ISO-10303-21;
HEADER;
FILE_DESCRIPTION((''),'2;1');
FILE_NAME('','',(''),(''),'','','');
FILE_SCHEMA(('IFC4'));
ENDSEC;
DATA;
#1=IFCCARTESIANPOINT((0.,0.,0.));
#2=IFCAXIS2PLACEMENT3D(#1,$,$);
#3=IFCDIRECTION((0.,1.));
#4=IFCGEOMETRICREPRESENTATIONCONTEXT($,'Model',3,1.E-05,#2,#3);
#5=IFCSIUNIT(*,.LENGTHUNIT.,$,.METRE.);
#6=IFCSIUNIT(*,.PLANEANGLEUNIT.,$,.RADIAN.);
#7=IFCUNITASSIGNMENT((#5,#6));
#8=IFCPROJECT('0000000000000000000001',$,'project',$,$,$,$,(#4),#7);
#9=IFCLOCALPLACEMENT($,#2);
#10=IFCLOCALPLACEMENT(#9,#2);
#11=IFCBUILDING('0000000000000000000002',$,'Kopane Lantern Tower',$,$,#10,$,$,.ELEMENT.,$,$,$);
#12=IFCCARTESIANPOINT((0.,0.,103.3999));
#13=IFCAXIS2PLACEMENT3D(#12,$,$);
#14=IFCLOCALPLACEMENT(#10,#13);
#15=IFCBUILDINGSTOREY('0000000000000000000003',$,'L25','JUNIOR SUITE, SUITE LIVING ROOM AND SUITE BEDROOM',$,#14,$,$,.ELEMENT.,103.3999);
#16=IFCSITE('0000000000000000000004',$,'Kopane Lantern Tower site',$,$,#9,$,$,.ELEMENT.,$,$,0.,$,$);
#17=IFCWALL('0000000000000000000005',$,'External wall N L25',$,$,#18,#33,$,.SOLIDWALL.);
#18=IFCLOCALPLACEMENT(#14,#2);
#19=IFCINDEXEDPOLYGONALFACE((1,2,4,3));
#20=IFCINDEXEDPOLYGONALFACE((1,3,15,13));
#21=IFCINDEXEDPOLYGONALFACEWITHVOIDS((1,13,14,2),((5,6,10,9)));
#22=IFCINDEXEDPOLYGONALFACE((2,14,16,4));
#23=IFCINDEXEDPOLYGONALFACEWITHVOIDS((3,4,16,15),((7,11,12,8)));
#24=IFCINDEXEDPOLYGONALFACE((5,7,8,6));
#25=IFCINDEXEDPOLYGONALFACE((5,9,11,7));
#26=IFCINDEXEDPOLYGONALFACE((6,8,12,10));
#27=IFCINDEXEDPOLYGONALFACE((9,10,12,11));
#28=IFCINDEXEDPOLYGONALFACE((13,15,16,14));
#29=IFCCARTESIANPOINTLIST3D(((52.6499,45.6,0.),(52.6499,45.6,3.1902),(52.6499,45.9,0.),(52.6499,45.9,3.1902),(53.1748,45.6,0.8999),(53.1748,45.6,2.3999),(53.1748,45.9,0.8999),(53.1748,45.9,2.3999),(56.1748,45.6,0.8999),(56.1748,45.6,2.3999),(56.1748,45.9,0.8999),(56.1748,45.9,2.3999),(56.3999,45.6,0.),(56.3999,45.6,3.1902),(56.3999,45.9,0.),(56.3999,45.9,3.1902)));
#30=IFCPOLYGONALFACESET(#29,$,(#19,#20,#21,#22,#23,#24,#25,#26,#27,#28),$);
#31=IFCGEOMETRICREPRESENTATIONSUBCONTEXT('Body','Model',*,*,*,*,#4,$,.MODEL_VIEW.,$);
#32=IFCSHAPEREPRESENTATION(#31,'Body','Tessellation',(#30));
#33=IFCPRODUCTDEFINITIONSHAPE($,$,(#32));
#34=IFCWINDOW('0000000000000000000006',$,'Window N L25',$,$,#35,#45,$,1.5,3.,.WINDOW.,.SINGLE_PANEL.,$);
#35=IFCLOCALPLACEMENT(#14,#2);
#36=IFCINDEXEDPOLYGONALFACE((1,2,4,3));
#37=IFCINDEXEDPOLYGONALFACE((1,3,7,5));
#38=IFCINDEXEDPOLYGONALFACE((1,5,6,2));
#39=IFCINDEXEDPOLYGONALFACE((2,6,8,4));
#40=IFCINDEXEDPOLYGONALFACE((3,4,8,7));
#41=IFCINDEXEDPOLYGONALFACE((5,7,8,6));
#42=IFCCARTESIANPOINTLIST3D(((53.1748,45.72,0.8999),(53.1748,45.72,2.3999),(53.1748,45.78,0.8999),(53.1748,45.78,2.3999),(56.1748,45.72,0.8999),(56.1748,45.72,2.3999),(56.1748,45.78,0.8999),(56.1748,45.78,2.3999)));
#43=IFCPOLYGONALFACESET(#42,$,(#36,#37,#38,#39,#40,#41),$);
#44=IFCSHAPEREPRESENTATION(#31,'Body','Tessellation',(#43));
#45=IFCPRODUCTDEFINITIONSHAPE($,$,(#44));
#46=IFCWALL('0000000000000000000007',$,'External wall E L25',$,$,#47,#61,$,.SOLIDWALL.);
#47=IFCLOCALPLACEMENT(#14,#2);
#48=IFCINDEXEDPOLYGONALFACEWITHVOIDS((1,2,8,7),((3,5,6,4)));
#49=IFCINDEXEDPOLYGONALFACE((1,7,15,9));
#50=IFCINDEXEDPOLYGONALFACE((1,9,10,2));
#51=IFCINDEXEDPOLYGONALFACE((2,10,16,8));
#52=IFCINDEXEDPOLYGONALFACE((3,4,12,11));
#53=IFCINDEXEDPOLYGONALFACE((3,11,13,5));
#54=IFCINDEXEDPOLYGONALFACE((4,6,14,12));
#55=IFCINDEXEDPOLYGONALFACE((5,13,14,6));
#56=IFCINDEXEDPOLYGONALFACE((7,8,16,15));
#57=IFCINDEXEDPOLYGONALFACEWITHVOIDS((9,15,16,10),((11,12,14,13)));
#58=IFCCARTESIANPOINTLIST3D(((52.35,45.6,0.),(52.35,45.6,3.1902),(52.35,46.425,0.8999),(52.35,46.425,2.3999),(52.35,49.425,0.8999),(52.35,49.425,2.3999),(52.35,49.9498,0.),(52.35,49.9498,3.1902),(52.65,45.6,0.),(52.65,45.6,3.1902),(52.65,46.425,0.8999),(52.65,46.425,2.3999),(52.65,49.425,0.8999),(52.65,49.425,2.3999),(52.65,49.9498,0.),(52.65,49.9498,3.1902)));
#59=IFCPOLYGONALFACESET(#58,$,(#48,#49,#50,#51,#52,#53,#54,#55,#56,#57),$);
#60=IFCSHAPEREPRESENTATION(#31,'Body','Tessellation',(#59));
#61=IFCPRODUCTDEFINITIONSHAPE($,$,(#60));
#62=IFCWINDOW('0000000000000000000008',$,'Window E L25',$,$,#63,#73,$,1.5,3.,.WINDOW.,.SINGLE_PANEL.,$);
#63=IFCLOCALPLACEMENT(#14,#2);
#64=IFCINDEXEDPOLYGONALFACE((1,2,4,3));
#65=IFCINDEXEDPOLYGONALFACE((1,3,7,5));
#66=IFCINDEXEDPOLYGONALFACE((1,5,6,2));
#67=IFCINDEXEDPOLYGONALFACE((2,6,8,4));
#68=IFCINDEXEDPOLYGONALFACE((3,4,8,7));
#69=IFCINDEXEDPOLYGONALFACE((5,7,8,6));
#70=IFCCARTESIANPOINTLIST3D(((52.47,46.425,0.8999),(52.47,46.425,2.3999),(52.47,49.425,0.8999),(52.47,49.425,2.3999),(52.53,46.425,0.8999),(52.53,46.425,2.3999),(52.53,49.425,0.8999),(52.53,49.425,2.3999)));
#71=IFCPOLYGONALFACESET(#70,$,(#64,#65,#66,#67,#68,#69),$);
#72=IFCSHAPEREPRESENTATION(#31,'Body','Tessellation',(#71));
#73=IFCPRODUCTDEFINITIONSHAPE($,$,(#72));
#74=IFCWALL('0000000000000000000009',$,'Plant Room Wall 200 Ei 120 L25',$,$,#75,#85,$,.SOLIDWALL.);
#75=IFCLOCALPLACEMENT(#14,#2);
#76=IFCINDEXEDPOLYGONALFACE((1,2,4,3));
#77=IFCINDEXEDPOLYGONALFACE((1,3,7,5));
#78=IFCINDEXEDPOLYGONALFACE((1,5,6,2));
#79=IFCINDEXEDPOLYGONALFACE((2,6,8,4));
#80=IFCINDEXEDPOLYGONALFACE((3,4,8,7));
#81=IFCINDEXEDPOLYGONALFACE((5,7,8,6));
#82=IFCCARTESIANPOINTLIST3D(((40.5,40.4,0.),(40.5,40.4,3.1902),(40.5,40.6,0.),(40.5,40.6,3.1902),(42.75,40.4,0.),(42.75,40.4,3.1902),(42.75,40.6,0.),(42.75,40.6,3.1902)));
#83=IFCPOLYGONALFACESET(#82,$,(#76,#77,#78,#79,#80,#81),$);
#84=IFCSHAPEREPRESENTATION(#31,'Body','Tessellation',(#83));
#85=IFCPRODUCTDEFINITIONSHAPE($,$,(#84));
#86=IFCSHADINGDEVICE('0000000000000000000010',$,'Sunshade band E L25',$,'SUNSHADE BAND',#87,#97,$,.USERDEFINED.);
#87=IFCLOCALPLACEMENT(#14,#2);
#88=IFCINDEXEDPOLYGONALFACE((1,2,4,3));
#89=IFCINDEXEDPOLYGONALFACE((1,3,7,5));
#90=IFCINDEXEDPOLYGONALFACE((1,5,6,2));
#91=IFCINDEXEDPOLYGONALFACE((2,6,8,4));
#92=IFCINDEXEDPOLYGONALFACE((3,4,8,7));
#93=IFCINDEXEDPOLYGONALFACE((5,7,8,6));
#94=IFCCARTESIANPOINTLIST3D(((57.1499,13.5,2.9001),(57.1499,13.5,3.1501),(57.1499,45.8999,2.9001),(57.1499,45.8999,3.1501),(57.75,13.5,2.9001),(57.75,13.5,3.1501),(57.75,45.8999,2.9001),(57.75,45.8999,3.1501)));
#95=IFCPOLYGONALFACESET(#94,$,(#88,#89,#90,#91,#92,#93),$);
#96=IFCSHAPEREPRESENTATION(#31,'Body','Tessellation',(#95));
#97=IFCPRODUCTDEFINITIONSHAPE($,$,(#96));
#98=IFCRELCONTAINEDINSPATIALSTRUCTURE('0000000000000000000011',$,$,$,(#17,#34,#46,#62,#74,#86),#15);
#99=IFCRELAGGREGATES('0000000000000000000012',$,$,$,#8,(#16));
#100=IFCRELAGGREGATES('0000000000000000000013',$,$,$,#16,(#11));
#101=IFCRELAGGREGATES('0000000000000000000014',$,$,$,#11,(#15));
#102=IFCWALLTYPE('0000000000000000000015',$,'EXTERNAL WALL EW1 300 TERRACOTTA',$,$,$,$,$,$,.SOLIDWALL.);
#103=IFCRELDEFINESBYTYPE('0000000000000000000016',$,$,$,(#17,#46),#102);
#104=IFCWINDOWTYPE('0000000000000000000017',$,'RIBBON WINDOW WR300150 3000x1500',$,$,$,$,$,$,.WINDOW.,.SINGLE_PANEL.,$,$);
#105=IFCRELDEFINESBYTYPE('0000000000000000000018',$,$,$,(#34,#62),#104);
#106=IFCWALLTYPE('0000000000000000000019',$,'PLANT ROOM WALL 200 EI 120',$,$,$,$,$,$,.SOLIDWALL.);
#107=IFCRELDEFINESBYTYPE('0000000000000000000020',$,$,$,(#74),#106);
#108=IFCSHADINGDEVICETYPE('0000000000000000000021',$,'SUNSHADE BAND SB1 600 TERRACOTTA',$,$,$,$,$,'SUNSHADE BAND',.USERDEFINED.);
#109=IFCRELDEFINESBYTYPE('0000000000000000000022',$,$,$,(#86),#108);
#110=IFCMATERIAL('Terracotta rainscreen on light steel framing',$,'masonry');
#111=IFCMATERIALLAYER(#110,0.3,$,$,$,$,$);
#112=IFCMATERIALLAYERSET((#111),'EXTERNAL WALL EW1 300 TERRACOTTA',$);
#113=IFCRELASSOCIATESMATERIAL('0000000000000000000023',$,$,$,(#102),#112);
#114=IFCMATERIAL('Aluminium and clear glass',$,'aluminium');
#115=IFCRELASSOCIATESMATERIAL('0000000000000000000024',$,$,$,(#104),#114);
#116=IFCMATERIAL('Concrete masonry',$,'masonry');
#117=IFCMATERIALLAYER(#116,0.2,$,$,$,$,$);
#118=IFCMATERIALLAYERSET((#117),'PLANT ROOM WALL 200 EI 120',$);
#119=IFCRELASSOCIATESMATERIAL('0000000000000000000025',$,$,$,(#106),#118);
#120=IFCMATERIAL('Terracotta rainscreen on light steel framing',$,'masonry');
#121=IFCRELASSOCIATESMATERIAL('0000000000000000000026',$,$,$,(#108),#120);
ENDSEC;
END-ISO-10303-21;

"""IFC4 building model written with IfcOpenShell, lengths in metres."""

from ifc_helpers import new_model, si_unit, direction, frame, frame_2d, origin, origin_2d, place, context, subcontext, project, spatial, rectangle, extrude, material, layer, layer_set, type_object, element, fill, save


model = new_model("IFC4")

# Units and contexts
model_context = context("Model", 3, precision=1e-05, world=origin(), true_north=direction((0.0, 1.0)))
body_context = subcontext(model_context, "Body", "Model", "MODEL_VIEW")
ifc_project = project(units=[si_unit("LENGTHUNIT", "METRE"), si_unit("PLANEANGLEUNIT", "RADIAN")], contexts=[model_context])

# Site, building, storey
site_placement = place(None, origin())
site = spatial("IfcSite", under=ifc_project, at=site_placement, Name="Kopane Lantern Tower site", CompositionType="ELEMENT", RefElevation=0.0)
building_placement = place(site_placement, origin())
building = spatial("IfcBuilding", under=site, at=building_placement, Name="Kopane Lantern Tower", CompositionType="ELEMENT")
storey_placement = place(building_placement, frame((0.0, 0.0, 103.3999)))
storey = spatial("IfcBuildingStorey", under=building, at=storey_placement, Name="L25", Description="JUNIOR SUITE, SUITE LIVING ROOM AND SUITE BEDROOM", CompositionType="ELEMENT", Elevation=103.3999)

# Walls, openings, windows
ifc_material_1 = material(Name="Terracotta rainscreen on light steel framing", Category="masonry")
ifc_layer_1 = layer(ifc_material_1, 0.3)
ifc_layer_set_1 = layer_set([ifc_layer_1], Name="EXTERNAL WALL EW1 300 TERRACOTTA")
wall_type_1 = type_object("IfcWallType", Name="EXTERNAL WALL EW1 300 TERRACOTTA", PredefinedType="SOLIDWALL", material=ifc_layer_set_1)
wall_1_placement = place(storey_placement, frame((56.3999, 45.75, 0.0), z_axis=(0.0, 0.0, 1.0), x_axis=(-1.0, 0.0, 0.0)))
wall_1 = element("IfcWall", 1, at=wall_1_placement, inside=storey, type_object=wall_type_1, Name="External wall N L25", PredefinedType="SOLIDWALL", context=body_context, shape_type="SweptSolid", body=[
    extrude(rectangle(XDim=3.75, YDim=0.3, at=frame_2d((1.875, 0.0))), origin(), (0.0, 0.0, 1.0), 3.1902),
])
opening_1_placement = place(wall_1_placement, frame((0.2251, 0.0, 0.8999)))
opening_1 = element("IfcOpeningElement", 2, at=opening_1_placement, cuts=wall_1, PredefinedType="OPENING", context=body_context, shape_type="SweptSolid", body=[
    extrude(rectangle(XDim=3.0, YDim=1.5, at=frame_2d((1.5, 0.75))), frame((0.0, 0.1599, 0.0), z_axis=(0.0, -1.0, 0.0), x_axis=(1.0, 0.0, 0.0)), (0.0, 0.0, 1.0), 0.3201),
])
ifc_material_2 = material(Name="Aluminium and clear glass", Category="aluminium")
window_type = type_object("IfcWindowType", Name="RIBBON WINDOW WR300150 3000x1500", PartitioningType="SINGLE_PANEL", PredefinedType="WINDOW", material=ifc_material_2)
window_1_placement = place(opening_1_placement, origin())
window_1 = element("IfcWindow", 3, at=window_1_placement, inside=storey, type_object=window_type, Name="Window N L25", OverallHeight=1.5, OverallWidth=3.0, PartitioningType="SINGLE_PANEL", PredefinedType="WINDOW", context=body_context, shape_type="SweptSolid", body=[
    extrude(rectangle(XDim=3.0, YDim=1.5, at=frame_2d((1.5, 0.75))), frame((0.0, 0.03, 0.0), z_axis=(0.0, -1.0, 0.0), x_axis=(1.0, 0.0, 0.0)), (0.0, 0.0, 1.0), 0.0601),
])
fill(opening_1, window_1)
wall_2_placement = place(storey_placement, frame((52.5, 45.6001, 0.0), z_axis=(0.0, 0.0, 1.0), x_axis=(0.0, 1.0, 0.0)))
wall_2 = element("IfcWall", 4, at=wall_2_placement, inside=storey, type_object=wall_type_1, Name="External wall E L25", PredefinedType="SOLIDWALL", context=body_context, shape_type="SweptSolid", body=[
    extrude(rectangle(XDim=4.3499, YDim=0.3, at=frame_2d((2.1748, 0.0))), origin(), (0.0, 0.0, 1.0), 3.1902),
])
opening_2_placement = place(wall_2_placement, frame((0.825, 0.0, 0.8999)))
opening_2 = element("IfcOpeningElement", 5, at=opening_2_placement, cuts=wall_2, PredefinedType="OPENING", context=body_context, shape_type="SweptSolid", body=[
    extrude(rectangle(XDim=3.0, YDim=1.5, at=frame_2d((1.5, 0.75))), frame((0.0, 0.1599, 0.0), z_axis=(0.0, -1.0, 0.0), x_axis=(1.0, 0.0, 0.0)), (0.0, 0.0, 1.0), 0.3201),
])
window_2_placement = place(opening_2_placement, origin())
window_2 = element("IfcWindow", 6, at=window_2_placement, inside=storey, type_object=window_type, Name="Window E L25", OverallHeight=1.5, OverallWidth=3.0, PartitioningType="SINGLE_PANEL", PredefinedType="WINDOW", context=body_context, shape_type="SweptSolid", body=[
    extrude(rectangle(XDim=3.0, YDim=1.5, at=frame_2d((1.5, 0.75))), frame((0.0, 0.03, 0.0), z_axis=(0.0, -1.0, 0.0), x_axis=(1.0, 0.0, 0.0)), (0.0, 0.0, 1.0), 0.0601),
])
fill(opening_2, window_2)

# Wall
ifc_material_3 = material(Name="Concrete masonry", Category="masonry")
ifc_layer_2 = layer(ifc_material_3, 0.2)
ifc_layer_set_2 = layer_set([ifc_layer_2], Name="PLANT ROOM WALL 200 EI 120")
wall_type_2 = type_object("IfcWallType", Name="PLANT ROOM WALL 200 EI 120", PredefinedType="SOLIDWALL", material=ifc_layer_set_2)
wall_3_placement = place(storey_placement, frame((40.5, 40.5, 0.0), z_axis=(0.0, 0.0, 1.0), x_axis=(1.0, 0.0, 0.0)))
element("IfcWall", 7, at=wall_3_placement, inside=storey, type_object=wall_type_2, Name="Plant Room Wall 200 Ei 120 L25", PredefinedType="SOLIDWALL", context=body_context, shape_type="SweptSolid", body=[
    extrude(rectangle(XDim=2.25, YDim=0.2, at=frame_2d((1.125, 0.0))), origin(), (0.0, 0.0, 1.0), 3.1902),
])

# Shading device
ifc_material_4 = material(Name="Terracotta rainscreen on light steel framing", Category="masonry")
shading_device_type = type_object("IfcShadingDeviceType", Name="SUNSHADE BAND SB1 600 TERRACOTTA", ElementType="SUNSHADE BAND", PredefinedType="USERDEFINED", material=ifc_material_4)
shading_device_placement = place(storey_placement, frame((57.45, 29.7, 2.9001), z_axis=(0.0, 0.0, 1.0), x_axis=(0.0, 1.0, 0.0)))
element("IfcShadingDevice", 8, at=shading_device_placement, inside=storey, type_object=shading_device_type, Name="Sunshade band E L25", ObjectType="SUNSHADE BAND", PredefinedType="USERDEFINED", context=body_context, shape_type="SweptSolid", body=[
    extrude(rectangle(XDim=32.3999, YDim=0.6001, at=origin_2d()), origin(), (0.0, 0.0, 1.0), 0.25),
])

save(model, "model.ifc")
